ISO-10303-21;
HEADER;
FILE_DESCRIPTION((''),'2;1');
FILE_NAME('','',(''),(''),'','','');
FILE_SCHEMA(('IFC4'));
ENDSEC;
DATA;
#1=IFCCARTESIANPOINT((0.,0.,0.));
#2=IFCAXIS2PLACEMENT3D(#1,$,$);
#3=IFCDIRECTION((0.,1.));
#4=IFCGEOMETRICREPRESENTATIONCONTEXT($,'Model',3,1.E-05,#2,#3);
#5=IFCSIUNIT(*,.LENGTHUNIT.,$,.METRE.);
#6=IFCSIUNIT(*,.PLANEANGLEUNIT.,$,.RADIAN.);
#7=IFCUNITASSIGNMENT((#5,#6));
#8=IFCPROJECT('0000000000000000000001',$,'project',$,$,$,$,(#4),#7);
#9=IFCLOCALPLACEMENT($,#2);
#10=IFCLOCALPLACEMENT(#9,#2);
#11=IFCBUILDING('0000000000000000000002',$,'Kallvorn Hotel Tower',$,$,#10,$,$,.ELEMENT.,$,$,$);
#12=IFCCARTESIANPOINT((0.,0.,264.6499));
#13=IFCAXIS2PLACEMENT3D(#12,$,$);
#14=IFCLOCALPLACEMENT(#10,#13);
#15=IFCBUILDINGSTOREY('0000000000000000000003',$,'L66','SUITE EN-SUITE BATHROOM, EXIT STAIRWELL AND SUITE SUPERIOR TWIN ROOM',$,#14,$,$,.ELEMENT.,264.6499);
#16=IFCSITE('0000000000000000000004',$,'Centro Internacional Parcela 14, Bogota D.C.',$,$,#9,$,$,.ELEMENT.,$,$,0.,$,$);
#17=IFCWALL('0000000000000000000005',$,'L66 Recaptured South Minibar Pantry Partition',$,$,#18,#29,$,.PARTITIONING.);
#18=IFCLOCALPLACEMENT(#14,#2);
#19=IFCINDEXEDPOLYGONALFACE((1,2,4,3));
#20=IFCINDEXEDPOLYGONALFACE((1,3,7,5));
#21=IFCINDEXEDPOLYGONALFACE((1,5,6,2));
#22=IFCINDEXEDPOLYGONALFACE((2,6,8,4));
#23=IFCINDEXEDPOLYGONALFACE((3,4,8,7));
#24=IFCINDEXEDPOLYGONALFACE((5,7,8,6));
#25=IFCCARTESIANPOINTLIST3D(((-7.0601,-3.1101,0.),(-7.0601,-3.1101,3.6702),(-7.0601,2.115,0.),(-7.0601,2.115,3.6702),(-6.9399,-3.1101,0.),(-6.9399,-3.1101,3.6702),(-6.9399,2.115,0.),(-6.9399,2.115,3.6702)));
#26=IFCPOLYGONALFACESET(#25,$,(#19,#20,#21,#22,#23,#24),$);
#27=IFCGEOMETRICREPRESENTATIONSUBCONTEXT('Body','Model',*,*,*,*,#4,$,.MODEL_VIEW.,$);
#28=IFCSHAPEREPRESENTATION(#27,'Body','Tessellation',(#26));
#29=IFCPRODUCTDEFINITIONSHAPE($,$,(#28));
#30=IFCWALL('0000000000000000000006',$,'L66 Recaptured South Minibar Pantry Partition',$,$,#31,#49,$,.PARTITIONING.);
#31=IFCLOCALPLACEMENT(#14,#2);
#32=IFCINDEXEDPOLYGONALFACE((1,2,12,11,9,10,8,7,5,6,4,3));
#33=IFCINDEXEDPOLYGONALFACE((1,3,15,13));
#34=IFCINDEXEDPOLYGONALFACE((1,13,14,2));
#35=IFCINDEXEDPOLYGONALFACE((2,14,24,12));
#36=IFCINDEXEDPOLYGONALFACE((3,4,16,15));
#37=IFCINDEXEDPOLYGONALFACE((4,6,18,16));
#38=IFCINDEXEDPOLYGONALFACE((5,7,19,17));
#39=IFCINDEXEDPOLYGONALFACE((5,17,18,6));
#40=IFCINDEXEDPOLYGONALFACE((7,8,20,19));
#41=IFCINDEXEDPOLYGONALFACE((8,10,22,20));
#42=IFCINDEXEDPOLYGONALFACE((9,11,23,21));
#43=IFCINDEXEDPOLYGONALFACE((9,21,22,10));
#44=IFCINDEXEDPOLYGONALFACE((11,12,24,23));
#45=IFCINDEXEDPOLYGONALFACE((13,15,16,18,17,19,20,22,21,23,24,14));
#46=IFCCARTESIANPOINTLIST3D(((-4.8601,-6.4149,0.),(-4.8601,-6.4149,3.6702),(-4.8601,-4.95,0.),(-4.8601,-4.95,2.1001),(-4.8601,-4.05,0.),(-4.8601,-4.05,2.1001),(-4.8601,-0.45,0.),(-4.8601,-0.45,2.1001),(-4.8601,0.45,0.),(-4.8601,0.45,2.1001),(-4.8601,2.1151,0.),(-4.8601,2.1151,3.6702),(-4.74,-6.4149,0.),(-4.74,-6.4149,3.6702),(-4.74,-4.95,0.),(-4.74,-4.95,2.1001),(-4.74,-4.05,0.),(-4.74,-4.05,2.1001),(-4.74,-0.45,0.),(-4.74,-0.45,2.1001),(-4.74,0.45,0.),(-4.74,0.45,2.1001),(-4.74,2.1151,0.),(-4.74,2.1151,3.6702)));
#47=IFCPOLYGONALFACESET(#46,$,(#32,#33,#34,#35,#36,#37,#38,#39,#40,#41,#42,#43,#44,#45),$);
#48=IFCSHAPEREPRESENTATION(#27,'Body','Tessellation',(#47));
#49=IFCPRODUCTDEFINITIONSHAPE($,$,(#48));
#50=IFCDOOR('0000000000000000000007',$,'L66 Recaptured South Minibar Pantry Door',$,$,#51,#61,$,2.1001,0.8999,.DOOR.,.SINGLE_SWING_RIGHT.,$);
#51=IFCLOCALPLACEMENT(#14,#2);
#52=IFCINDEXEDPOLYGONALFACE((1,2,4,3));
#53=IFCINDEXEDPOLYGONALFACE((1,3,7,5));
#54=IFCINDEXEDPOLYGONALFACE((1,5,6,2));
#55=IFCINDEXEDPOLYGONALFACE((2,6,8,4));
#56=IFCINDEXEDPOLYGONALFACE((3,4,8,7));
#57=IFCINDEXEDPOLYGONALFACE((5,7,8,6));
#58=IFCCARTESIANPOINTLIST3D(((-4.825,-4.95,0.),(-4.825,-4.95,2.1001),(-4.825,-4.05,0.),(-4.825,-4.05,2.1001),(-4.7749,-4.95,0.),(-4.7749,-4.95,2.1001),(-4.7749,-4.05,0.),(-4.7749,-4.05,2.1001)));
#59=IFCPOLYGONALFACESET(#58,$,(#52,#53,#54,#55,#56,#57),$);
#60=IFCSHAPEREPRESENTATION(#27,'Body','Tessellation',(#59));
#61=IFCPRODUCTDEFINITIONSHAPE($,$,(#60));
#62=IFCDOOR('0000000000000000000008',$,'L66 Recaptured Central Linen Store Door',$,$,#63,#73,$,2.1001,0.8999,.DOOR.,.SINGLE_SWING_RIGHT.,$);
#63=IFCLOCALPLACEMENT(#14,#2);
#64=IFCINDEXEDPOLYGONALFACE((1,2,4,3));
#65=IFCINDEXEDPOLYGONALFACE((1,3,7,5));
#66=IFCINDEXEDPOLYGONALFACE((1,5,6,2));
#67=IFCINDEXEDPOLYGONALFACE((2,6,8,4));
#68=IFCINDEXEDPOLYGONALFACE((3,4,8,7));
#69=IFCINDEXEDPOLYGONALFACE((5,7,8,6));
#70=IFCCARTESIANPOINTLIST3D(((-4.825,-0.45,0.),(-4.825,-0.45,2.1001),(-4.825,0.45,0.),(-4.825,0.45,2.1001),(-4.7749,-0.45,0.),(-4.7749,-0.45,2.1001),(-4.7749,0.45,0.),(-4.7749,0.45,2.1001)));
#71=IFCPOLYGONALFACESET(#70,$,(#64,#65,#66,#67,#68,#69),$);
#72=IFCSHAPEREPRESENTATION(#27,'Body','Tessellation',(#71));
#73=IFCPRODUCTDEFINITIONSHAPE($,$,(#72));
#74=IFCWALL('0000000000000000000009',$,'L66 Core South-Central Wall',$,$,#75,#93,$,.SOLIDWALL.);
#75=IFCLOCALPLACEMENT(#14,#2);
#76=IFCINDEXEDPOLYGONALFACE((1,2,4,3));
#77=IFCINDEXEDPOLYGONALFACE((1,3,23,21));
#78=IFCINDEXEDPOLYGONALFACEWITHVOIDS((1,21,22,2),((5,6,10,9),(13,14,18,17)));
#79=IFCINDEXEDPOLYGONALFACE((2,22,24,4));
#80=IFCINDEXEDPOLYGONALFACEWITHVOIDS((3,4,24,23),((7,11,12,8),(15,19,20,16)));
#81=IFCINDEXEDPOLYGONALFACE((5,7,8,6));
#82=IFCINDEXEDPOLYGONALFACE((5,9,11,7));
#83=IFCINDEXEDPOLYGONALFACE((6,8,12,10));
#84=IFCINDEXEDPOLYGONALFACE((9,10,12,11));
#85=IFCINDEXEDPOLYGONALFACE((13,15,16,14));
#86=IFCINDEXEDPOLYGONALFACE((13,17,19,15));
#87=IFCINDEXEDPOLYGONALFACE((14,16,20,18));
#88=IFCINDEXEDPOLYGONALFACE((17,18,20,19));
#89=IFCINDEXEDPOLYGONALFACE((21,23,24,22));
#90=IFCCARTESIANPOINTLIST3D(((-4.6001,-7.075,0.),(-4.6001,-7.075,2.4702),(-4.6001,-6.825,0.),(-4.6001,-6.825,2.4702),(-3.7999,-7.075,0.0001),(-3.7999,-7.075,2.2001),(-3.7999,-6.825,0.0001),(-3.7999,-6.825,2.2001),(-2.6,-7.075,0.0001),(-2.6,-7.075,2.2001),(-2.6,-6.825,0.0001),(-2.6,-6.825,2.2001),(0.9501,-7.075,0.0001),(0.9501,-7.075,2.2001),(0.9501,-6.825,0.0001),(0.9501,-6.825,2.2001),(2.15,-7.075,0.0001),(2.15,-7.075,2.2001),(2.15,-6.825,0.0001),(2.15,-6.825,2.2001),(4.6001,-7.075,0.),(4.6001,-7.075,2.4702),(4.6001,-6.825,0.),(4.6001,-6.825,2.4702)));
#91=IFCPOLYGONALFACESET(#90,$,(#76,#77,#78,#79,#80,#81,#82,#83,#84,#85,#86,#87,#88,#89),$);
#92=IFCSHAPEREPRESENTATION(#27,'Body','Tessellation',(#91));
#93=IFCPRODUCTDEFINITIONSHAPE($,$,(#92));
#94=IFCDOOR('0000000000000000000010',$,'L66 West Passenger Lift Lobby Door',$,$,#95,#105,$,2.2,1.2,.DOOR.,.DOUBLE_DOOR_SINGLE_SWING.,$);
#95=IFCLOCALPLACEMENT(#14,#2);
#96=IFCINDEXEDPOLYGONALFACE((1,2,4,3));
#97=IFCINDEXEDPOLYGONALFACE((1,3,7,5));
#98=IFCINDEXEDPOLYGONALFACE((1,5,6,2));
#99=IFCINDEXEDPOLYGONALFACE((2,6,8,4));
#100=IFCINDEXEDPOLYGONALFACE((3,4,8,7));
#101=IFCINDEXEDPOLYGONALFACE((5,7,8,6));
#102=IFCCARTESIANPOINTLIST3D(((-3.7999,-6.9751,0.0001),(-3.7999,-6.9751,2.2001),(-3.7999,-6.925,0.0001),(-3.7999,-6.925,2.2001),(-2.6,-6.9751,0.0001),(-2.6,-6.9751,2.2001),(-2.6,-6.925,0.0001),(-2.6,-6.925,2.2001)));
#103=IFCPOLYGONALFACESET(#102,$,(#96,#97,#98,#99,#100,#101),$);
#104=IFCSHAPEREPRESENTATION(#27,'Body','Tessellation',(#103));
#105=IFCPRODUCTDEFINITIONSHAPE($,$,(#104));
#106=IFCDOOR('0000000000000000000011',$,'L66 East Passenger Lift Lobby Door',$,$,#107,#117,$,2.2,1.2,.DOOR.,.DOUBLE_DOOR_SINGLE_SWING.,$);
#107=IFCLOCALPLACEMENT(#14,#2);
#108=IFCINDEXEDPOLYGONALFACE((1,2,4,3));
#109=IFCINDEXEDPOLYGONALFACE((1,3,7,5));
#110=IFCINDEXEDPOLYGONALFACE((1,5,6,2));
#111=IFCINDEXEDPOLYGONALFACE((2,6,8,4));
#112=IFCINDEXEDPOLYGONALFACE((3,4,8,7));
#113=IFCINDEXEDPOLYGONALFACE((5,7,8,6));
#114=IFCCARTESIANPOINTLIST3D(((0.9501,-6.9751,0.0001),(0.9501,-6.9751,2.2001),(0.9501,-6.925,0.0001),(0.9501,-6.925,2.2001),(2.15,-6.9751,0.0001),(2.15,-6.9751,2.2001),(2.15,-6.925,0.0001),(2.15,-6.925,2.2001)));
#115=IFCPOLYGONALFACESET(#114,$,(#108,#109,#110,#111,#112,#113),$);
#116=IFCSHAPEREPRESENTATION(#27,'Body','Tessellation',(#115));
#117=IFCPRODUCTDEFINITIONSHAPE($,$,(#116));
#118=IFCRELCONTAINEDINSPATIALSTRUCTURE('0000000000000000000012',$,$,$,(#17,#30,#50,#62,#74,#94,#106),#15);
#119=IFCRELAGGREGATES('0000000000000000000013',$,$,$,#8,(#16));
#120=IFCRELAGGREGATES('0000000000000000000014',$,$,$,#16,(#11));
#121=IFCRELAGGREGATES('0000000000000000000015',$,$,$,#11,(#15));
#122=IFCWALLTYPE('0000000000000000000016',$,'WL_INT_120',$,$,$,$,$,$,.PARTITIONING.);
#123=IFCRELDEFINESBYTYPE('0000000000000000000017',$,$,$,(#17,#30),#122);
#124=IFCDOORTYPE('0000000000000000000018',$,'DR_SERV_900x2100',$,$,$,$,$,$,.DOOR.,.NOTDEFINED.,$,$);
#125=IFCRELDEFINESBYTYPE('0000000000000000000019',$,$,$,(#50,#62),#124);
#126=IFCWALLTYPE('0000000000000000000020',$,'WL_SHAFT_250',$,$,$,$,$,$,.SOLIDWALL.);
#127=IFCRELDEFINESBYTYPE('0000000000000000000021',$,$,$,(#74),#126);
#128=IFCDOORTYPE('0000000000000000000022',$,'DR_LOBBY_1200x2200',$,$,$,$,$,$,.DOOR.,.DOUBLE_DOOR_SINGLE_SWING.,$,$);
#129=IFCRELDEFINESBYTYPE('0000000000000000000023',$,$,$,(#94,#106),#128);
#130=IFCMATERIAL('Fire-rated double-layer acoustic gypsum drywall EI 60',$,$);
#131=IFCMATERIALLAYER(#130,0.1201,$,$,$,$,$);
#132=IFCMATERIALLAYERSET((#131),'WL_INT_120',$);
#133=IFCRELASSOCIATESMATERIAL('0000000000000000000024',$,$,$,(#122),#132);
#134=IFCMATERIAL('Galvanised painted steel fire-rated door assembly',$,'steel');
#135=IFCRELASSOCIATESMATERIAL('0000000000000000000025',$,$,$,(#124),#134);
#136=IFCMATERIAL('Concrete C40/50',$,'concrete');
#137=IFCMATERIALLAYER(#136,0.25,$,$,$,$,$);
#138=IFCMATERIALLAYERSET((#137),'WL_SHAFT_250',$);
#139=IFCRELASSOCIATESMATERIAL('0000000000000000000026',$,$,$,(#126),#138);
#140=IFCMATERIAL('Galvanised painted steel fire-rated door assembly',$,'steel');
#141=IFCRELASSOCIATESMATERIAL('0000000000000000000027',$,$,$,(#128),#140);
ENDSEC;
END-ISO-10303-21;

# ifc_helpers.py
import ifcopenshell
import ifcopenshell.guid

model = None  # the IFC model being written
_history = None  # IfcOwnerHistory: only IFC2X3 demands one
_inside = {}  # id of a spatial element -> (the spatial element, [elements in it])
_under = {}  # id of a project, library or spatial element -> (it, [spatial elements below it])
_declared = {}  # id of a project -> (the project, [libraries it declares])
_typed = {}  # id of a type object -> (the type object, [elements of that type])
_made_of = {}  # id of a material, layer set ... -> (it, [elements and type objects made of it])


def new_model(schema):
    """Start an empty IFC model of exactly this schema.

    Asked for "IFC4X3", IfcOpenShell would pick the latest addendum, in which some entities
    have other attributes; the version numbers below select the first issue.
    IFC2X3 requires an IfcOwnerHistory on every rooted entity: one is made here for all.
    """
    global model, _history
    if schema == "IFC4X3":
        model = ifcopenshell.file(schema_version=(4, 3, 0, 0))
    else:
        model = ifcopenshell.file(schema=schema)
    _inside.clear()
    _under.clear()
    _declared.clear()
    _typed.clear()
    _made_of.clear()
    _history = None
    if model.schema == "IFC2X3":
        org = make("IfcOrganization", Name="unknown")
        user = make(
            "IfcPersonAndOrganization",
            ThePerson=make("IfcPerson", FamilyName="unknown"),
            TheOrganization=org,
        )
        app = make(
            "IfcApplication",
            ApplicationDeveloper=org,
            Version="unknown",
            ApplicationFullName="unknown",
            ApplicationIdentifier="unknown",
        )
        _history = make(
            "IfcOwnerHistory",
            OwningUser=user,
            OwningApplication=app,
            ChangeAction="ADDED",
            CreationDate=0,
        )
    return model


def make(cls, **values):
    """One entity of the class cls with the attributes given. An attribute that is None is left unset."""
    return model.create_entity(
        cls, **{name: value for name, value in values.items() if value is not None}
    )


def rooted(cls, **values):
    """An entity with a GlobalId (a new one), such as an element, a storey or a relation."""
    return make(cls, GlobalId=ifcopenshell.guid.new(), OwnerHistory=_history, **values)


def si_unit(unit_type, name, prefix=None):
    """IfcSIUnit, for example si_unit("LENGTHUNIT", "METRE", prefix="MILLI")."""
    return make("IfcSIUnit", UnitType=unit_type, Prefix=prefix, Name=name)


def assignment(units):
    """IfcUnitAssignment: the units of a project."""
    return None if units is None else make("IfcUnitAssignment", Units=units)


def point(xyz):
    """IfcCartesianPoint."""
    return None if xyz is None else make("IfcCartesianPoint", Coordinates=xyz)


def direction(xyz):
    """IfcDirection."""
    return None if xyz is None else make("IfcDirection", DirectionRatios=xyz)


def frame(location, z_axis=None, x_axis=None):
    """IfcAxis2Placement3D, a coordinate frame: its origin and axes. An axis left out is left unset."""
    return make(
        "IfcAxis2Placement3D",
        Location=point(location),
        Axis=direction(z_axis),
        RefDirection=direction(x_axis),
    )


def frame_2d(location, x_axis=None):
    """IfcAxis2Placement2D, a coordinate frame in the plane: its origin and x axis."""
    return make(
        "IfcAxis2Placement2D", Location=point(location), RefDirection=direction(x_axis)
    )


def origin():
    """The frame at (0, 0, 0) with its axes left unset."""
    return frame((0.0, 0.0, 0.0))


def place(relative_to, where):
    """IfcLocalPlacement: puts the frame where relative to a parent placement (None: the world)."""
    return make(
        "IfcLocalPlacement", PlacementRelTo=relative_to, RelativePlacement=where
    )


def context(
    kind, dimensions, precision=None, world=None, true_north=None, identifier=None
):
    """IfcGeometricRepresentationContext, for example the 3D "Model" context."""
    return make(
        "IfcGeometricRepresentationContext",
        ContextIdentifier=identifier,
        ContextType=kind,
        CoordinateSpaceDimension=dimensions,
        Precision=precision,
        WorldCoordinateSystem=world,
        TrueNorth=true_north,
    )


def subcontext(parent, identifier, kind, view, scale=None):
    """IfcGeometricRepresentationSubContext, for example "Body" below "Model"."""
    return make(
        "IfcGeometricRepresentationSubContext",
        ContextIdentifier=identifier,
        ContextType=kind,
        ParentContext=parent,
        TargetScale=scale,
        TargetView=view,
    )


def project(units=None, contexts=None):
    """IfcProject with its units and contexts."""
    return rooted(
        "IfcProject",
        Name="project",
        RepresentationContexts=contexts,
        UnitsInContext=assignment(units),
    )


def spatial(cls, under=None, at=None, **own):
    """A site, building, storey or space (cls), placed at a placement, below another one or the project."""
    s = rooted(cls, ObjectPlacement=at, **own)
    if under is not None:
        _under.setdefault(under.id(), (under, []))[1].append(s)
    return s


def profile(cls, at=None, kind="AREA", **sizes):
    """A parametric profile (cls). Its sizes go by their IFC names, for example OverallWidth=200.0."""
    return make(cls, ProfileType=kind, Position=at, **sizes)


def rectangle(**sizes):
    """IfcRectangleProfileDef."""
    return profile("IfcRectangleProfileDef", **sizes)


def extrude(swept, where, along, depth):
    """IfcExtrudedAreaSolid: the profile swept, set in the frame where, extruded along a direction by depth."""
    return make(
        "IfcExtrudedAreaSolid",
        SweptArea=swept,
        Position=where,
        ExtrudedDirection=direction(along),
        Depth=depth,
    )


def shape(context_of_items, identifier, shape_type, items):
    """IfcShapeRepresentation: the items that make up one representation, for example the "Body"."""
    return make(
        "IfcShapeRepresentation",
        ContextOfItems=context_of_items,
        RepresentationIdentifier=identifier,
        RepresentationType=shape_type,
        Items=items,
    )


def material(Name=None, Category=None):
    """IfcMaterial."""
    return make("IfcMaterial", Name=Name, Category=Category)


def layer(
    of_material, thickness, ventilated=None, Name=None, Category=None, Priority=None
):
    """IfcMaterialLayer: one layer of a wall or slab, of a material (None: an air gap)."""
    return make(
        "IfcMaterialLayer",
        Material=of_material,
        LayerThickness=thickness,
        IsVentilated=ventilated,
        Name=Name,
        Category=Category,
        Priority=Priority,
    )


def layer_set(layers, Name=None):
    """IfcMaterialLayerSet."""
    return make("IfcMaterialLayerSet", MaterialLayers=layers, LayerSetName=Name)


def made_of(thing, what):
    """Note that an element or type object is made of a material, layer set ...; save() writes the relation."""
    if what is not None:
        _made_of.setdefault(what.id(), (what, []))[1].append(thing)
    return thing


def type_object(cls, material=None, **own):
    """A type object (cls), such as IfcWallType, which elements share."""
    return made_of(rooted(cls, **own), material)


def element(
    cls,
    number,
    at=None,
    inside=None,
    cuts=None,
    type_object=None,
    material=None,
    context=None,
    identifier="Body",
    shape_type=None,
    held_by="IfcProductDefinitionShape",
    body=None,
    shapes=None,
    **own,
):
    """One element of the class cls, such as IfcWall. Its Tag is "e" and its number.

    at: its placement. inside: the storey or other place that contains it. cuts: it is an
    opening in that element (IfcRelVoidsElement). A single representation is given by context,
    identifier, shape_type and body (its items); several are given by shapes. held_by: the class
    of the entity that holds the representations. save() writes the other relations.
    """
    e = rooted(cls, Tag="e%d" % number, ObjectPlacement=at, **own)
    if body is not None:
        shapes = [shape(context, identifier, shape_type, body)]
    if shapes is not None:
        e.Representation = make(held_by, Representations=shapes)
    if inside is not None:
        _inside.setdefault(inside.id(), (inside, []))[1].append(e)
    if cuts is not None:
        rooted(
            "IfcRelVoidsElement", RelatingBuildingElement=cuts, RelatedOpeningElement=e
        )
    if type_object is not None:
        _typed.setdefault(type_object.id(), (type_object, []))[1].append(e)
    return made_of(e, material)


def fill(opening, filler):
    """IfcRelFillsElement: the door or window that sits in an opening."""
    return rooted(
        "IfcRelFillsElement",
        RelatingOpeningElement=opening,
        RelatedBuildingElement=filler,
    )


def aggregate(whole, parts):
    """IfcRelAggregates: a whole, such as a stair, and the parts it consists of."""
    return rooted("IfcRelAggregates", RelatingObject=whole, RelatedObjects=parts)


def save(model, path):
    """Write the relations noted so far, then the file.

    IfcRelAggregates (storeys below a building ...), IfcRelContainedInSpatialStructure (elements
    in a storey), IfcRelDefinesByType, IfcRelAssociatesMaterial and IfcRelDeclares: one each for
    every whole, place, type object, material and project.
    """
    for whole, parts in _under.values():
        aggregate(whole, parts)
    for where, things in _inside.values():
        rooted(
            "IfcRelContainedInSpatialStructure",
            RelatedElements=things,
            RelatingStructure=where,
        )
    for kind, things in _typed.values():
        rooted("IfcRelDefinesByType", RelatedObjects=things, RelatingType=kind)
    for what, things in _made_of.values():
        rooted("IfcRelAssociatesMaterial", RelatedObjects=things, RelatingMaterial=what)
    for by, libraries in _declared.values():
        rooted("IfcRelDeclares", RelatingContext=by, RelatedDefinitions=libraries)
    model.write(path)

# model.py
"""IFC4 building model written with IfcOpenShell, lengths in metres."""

from ifc_helpers import new_model, si_unit, direction, frame, frame_2d, origin, place, context, subcontext, project, spatial, rectangle, extrude, material, layer, layer_set, type_object, element, fill, save


model = new_model("IFC4")

# Units and contexts
model_context = context("Model", 3, precision=1e-05, world=origin(), true_north=direction((0.0, 1.0)))
body_context = subcontext(model_context, "Body", "Model", "MODEL_VIEW")
ifc_project = project(units=[si_unit("LENGTHUNIT", "METRE"), si_unit("PLANEANGLEUNIT", "RADIAN")], contexts=[model_context])

# Site, building, storey
site_placement = place(None, origin())
site = spatial("IfcSite", under=ifc_project, at=site_placement, Name="Centro Internacional Parcela 14, Bogota D.C.", CompositionType="ELEMENT", RefElevation=0.0)
building_placement = place(site_placement, origin())
building = spatial("IfcBuilding", under=site, at=building_placement, Name="Kallvorn Hotel Tower", CompositionType="ELEMENT")
storey_placement = place(building_placement, frame((0.0, 0.0, 264.6499)))
storey = spatial("IfcBuildingStorey", under=building, at=storey_placement, Name="L66", Description="SUITE EN-SUITE BATHROOM, EXIT STAIRWELL AND SUITE SUPERIOR TWIN ROOM", CompositionType="ELEMENT", Elevation=264.6499)

# Wall
ifc_material_1 = material(Name="Fire-rated double-layer acoustic gypsum drywall EI 60")
ifc_layer_1 = layer(ifc_material_1, 0.1201)
ifc_layer_set_1 = layer_set([ifc_layer_1], Name="WL_INT_120")
wall_type_1 = type_object("IfcWallType", Name="WL_INT_120", PredefinedType="PARTITIONING", material=ifc_layer_set_1)
wall_1_placement = place(storey_placement, frame((-7.0, -3.1101, 0.0), z_axis=(0.0, 0.0, 1.0), x_axis=(0.0, 1.0, 0.0)))
element("IfcWall", 1, at=wall_1_placement, inside=storey, type_object=wall_type_1, Name="L66 Recaptured South Minibar Pantry Partition", PredefinedType="PARTITIONING", context=body_context, shape_type="SweptSolid", body=[
    extrude(rectangle(XDim=5.2251, YDim=0.1201, at=frame_2d((2.6125, 0.0))), origin(), (0.0, 0.0, 1.0), 3.6702),
])

# Walls, openings, doors
wall_2_placement = place(storey_placement, frame((-4.8, -6.415, 0.0), z_axis=(0.0, 0.0, 1.0), x_axis=(0.0, 1.0, 0.0)))
wall_2 = element("IfcWall", 2, at=wall_2_placement, inside=storey, type_object=wall_type_1, Name="L66 Recaptured South Minibar Pantry Partition", PredefinedType="PARTITIONING", context=body_context, shape_type="SweptSolid", body=[
    extrude(rectangle(XDim=8.53, YDim=0.1201, at=frame_2d((4.2651, 0.0))), origin(), (0.0, 0.0, 1.0), 3.6702),
])
opening_1_placement = place(wall_2_placement, frame((1.4651, 0.0, 0.0)))
opening_1 = element("IfcOpeningElement", 3, at=opening_1_placement, cuts=wall_2, PredefinedType="OPENING", context=body_context, shape_type="SweptSolid", body=[
    extrude(rectangle(XDim=0.8999, YDim=2.1001, at=frame_2d((0.45, 1.05))), frame((0.0, 0.075, 0.0), z_axis=(0.0, -1.0, 0.0), x_axis=(1.0, 0.0, 0.0)), (0.0, 0.0, 1.0), 0.1501),
])
opening_2_placement = place(wall_2_placement, frame((5.9651, 0.0, 0.0)))
opening_2 = element("IfcOpeningElement", 4, at=opening_2_placement, cuts=wall_2, PredefinedType="OPENING", context=body_context, shape_type="SweptSolid", body=[
    extrude(rectangle(XDim=0.8999, YDim=2.1001, at=frame_2d((0.45, 1.05))), frame((0.0, 0.075, 0.0), z_axis=(0.0, -1.0, 0.0), x_axis=(1.0, 0.0, 0.0)), (0.0, 0.0, 1.0), 0.1501),
])
ifc_material_2 = material(Name="Galvanised painted steel fire-rated door assembly", Category="steel")
door_type_1 = type_object("IfcDoorType", Name="DR_SERV_900x2100", OperationType="NOTDEFINED", PredefinedType="DOOR", material=ifc_material_2)
door_1_placement = place(opening_1_placement, origin())
door_1 = element("IfcDoor", 5, at=door_1_placement, inside=storey, type_object=door_type_1, Name="L66 Recaptured South Minibar Pantry Door", OperationType="SINGLE_SWING_RIGHT", OverallHeight=2.1001, OverallWidth=0.8999, PredefinedType="DOOR", context=body_context, shape_type="SweptSolid", body=[
    extrude(rectangle(XDim=0.8999, YDim=2.1001, at=frame_2d((0.45, 1.05))), frame((0.0, 0.0249, 0.0), z_axis=(0.0, -1.0, 0.0), x_axis=(1.0, 0.0, 0.0)), (0.0, 0.0, 1.0), 0.05),
])
fill(opening_1, door_1)
door_2_placement = place(opening_2_placement, origin())
door_2 = element("IfcDoor", 6, at=door_2_placement, inside=storey, type_object=door_type_1, Name="L66 Recaptured Central Linen Store Door", OperationType="SINGLE_SWING_RIGHT", OverallHeight=2.1001, OverallWidth=0.8999, PredefinedType="DOOR", context=body_context, shape_type="SweptSolid", body=[
    extrude(rectangle(XDim=0.8999, YDim=2.1001, at=frame_2d((0.45, 1.05))), frame((0.0, 0.0249, 0.0), z_axis=(0.0, -1.0, 0.0), x_axis=(1.0, 0.0, 0.0)), (0.0, 0.0, 1.0), 0.05),
])
fill(opening_2, door_2)
ifc_material_3 = material(Name="Concrete C40/50", Category="concrete")
ifc_layer_2 = layer(ifc_material_3, 0.25)
ifc_layer_set_2 = layer_set([ifc_layer_2], Name="WL_SHAFT_250")
wall_type_2 = type_object("IfcWallType", Name="WL_SHAFT_250", PredefinedType="SOLIDWALL", material=ifc_layer_set_2)
wall_3_placement = place(storey_placement, frame((-4.6001, -6.95, 0.0), z_axis=(0.0, 0.0, 1.0), x_axis=(1.0, 0.0, 0.0)))
wall_3 = element("IfcWall", 7, at=wall_3_placement, inside=storey, type_object=wall_type_2, Name="L66 Core South-Central Wall", PredefinedType="SOLIDWALL", context=body_context, shape_type="SweptSolid", body=[
    extrude(rectangle(XDim=9.2002, YDim=0.25, at=frame_2d((4.6001, 0.0))), origin(), (0.0, 0.0, 1.0), 2.4702),
])
opening_3_placement = place(wall_3_placement, frame((0.8, 0.0, 0.0)))
opening_3 = element("IfcOpeningElement", 8, at=opening_3_placement, cuts=wall_3, PredefinedType="OPENING", context=body_context, shape_type="SweptSolid", body=[
    extrude(rectangle(XDim=1.2, YDim=2.2, at=frame_2d((0.6001, 1.1001))), frame((0.0, 0.1399, 0.0), z_axis=(0.0, -1.0, 0.0), x_axis=(1.0, 0.0, 0.0)), (0.0, 0.0, 1.0), 0.28),
])
opening_4_placement = place(wall_3_placement, frame((5.55, 0.0, 0.0)))
opening_4 = element("IfcOpeningElement", 9, at=opening_4_placement, cuts=wall_3, PredefinedType="OPENING", context=body_context, shape_type="SweptSolid", body=[
    extrude(rectangle(XDim=1.2, YDim=2.2, at=frame_2d((0.6001, 1.1001))), frame((0.0, 0.1399, 0.0), z_axis=(0.0, -1.0, 0.0), x_axis=(1.0, 0.0, 0.0)), (0.0, 0.0, 1.0), 0.28),
])
ifc_material_4 = material(Name="Galvanised painted steel fire-rated door assembly", Category="steel")
door_type_2 = type_object("IfcDoorType", Name="DR_LOBBY_1200x2200", OperationType="DOUBLE_DOOR_SINGLE_SWING", PredefinedType="DOOR", material=ifc_material_4)
door_3_placement = place(opening_3_placement, origin())
door_3 = element("IfcDoor", 10, at=door_3_placement, inside=storey, type_object=door_type_2, Name="L66 West Passenger Lift Lobby Door", OperationType="DOUBLE_DOOR_SINGLE_SWING", OverallHeight=2.2, OverallWidth=1.2, PredefinedType="DOOR", context=body_context, shape_type="SweptSolid", body=[
    extrude(rectangle(XDim=1.2, YDim=2.2, at=frame_2d((0.6001, 1.1001))), frame((0.0, 0.0249, 0.0), z_axis=(0.0, -1.0, 0.0), x_axis=(1.0, 0.0, 0.0)), (0.0, 0.0, 1.0), 0.05),
])
fill(opening_3, door_3)
door_4_placement = place(opening_4_placement, origin())
door_4 = element("IfcDoor", 11, at=door_4_placement, inside=storey, type_object=door_type_2, Name="L66 East Passenger Lift Lobby Door", OperationType="DOUBLE_DOOR_SINGLE_SWING", OverallHeight=2.2, OverallWidth=1.2, PredefinedType="DOOR", context=body_context, shape_type="SweptSolid", body=[
    extrude(rectangle(XDim=1.2, YDim=2.2, at=frame_2d((0.6001, 1.1001))), frame((0.0, 0.0249, 0.0), z_axis=(0.0, -1.0, 0.0), x_axis=(1.0, 0.0, 0.0)), (0.0, 0.0, 1.0), 0.05),
])
fill(opening_4, door_4)

save(model, "model.ifc")
